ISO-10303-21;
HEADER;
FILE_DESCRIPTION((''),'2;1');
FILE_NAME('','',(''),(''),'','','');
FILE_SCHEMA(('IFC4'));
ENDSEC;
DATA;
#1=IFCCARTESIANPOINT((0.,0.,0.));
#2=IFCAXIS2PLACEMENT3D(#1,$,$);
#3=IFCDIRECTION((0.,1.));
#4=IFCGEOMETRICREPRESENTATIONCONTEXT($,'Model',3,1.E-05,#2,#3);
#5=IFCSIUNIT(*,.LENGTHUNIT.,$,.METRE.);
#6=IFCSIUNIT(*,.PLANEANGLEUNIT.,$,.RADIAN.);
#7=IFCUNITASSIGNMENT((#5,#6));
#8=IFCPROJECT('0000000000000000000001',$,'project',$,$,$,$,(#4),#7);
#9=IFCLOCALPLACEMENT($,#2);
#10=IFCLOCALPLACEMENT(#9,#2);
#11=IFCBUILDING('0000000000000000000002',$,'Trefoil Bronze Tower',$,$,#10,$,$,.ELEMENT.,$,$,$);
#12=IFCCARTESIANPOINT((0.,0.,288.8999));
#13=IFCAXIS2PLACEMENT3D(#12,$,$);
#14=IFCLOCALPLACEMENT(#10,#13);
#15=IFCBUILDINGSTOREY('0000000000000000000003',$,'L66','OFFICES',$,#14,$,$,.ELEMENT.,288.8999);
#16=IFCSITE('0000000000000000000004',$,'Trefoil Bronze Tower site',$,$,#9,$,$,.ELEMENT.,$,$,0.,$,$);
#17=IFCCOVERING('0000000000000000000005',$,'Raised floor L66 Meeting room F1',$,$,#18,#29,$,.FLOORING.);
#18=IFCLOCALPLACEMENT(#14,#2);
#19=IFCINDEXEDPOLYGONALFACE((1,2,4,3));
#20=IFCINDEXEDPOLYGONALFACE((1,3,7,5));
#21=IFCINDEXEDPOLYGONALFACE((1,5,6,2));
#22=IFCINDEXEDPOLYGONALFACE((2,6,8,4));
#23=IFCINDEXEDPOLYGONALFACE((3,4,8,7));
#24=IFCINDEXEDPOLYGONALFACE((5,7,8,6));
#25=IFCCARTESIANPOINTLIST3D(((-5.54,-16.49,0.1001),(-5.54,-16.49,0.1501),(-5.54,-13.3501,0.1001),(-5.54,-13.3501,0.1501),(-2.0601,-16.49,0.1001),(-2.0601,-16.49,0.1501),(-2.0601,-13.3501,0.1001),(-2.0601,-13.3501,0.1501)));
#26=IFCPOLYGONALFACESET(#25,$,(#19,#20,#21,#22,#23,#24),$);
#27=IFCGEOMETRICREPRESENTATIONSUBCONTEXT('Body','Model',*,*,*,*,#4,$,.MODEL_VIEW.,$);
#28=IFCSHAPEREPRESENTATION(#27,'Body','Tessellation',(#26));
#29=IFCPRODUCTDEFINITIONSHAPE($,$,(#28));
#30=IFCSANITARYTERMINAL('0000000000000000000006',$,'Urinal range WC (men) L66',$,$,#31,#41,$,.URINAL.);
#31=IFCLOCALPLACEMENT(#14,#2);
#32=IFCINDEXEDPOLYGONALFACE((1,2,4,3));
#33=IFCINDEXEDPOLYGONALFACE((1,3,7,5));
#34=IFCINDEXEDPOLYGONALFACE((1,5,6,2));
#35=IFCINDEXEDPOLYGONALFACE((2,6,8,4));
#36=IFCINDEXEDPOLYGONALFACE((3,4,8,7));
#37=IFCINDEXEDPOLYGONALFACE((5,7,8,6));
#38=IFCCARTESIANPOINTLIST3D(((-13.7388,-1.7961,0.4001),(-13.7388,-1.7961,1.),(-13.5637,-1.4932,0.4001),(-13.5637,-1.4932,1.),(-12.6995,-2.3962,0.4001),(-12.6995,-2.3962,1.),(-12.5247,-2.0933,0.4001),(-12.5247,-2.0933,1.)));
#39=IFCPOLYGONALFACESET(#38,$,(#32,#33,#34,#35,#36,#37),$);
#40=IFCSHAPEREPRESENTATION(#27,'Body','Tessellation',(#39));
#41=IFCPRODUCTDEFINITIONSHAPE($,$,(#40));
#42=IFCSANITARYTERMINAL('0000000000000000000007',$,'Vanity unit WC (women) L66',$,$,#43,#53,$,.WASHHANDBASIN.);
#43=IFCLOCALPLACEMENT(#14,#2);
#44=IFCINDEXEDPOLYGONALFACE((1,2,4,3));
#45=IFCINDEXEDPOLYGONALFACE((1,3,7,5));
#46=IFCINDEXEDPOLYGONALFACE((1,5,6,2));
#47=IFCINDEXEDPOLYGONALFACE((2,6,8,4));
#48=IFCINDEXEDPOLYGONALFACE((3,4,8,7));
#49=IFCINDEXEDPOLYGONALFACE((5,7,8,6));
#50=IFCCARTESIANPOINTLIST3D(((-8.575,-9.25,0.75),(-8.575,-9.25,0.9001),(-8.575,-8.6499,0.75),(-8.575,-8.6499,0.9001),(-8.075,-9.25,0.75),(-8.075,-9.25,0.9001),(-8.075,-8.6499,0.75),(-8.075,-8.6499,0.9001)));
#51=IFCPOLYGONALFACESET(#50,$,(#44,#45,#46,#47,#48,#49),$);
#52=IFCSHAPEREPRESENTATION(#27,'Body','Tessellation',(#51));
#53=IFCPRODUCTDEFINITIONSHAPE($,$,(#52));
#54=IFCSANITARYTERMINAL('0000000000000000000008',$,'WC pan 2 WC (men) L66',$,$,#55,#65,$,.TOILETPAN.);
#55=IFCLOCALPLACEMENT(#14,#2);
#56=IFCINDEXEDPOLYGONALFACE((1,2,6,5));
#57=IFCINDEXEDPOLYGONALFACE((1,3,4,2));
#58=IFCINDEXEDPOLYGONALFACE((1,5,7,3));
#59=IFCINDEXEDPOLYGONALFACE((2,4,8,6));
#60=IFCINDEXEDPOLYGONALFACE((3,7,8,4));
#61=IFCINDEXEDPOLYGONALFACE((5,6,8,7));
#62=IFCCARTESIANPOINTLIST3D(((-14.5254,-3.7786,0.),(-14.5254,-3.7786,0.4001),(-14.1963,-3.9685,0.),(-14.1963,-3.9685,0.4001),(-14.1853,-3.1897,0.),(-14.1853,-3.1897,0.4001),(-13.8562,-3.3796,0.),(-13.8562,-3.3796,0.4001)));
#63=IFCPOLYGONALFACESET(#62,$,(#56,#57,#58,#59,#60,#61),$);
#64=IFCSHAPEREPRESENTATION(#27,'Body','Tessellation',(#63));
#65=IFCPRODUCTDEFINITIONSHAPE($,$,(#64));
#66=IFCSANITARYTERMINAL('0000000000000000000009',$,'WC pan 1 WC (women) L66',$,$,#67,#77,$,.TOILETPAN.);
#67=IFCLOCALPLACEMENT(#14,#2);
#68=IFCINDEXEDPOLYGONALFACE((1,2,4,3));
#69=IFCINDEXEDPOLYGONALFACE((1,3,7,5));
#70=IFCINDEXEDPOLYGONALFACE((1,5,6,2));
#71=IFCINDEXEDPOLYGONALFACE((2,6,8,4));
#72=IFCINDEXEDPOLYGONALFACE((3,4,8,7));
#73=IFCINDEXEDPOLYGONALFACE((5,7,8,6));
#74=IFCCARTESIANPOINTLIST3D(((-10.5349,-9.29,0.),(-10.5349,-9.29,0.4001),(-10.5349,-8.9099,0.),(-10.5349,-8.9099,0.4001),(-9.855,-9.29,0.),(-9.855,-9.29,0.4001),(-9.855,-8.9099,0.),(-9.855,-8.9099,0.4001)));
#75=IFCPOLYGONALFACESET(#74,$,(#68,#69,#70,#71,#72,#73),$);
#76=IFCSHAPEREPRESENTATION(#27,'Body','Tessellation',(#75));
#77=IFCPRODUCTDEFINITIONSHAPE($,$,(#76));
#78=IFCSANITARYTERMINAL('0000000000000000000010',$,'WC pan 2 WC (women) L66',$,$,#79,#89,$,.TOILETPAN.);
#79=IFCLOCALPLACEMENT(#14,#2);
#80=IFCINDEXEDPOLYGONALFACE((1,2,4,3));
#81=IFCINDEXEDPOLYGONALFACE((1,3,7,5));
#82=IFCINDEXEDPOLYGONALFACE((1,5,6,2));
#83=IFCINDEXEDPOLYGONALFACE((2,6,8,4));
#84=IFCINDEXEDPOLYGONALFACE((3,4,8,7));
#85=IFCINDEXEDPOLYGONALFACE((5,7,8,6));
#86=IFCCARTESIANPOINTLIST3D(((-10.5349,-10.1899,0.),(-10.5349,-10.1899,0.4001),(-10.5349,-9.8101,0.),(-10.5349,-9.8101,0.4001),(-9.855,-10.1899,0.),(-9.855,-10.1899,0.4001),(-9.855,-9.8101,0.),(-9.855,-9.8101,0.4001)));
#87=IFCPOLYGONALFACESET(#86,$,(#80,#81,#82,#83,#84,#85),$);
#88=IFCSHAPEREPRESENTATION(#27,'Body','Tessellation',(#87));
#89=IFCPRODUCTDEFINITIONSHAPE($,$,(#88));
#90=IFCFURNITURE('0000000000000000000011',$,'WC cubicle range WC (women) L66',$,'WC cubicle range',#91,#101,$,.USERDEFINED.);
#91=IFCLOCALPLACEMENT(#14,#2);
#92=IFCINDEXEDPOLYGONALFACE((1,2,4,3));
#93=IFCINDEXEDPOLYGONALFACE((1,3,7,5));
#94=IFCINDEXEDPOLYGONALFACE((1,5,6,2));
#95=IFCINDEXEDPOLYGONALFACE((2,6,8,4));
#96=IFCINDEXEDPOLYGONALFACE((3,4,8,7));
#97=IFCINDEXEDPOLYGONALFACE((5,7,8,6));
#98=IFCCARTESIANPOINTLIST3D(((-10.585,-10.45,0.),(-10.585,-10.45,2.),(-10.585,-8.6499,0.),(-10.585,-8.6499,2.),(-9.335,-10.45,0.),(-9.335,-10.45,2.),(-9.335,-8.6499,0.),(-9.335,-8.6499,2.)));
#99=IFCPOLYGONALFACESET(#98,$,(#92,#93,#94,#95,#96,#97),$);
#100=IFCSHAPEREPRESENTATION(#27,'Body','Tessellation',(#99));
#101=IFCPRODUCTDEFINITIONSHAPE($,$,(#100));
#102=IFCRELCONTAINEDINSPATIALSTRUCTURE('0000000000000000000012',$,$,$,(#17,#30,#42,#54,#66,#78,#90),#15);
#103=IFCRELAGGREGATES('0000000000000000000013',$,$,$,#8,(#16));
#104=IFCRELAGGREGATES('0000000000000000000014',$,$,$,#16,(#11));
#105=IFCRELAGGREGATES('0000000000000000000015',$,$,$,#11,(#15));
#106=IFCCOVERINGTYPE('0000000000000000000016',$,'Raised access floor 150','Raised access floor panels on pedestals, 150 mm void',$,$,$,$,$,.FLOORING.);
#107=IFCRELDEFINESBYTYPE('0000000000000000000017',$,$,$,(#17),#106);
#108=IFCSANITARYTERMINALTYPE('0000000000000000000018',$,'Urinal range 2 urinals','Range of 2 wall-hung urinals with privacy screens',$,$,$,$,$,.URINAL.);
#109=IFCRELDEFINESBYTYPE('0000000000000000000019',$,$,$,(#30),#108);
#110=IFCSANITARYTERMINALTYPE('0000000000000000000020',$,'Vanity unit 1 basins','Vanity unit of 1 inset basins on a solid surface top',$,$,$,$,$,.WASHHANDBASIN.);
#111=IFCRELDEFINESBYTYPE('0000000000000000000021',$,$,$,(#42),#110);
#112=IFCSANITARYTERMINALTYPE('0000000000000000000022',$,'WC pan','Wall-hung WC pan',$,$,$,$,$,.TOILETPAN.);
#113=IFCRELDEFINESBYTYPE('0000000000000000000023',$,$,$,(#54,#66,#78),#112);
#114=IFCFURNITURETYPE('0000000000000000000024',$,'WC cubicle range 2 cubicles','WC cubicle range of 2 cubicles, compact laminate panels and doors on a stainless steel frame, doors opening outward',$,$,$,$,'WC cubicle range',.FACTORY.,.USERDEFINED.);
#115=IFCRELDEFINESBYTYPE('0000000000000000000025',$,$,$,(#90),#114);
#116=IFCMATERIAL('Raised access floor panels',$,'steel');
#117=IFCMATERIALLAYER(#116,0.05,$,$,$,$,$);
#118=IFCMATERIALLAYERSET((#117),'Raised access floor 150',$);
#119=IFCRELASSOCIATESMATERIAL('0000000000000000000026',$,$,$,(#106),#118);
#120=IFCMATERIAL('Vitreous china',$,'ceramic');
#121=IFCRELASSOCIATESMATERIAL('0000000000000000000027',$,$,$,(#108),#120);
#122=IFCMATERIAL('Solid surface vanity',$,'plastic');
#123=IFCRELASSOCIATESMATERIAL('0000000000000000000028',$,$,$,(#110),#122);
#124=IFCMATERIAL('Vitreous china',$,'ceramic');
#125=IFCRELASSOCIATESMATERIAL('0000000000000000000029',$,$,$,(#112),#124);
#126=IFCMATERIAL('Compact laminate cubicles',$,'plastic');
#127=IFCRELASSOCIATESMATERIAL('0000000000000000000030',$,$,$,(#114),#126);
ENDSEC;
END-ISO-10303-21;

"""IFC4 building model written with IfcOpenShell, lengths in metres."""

from ifc_helpers import new_model, si_unit, direction, frame, origin, place, context, subcontext, project, spatial, polyline, outline, extrude, material, layer, layer_set, type_object, element, save


model = new_model("IFC4")

# Units and contexts
model_context = context("Model", 3, precision=1e-05, world=origin(), true_north=direction((0.0, 1.0)))
body_context = subcontext(model_context, "Body", "Model", "MODEL_VIEW")
ifc_project = project(units=[si_unit("LENGTHUNIT", "METRE"), si_unit("PLANEANGLEUNIT", "RADIAN")], contexts=[model_context])

# Site, building, storey
site_placement = place(None, origin())
site = spatial("IfcSite", under=ifc_project, at=site_placement, Name="Trefoil Bronze Tower site", CompositionType="ELEMENT", RefElevation=0.0)
building_placement = place(site_placement, origin())
building = spatial("IfcBuilding", under=site, at=building_placement, Name="Trefoil Bronze Tower", CompositionType="ELEMENT")
storey_placement = place(building_placement, frame((0.0, 0.0, 288.8999)))
storey = spatial("IfcBuildingStorey", under=building, at=storey_placement, Name="L66", Description="OFFICES", CompositionType="ELEMENT", Elevation=288.8999)

# Covering
ifc_material_1 = material(Name="Raised access floor panels", Category="steel")
ifc_layer_1 = layer(ifc_material_1, 0.05)
ifc_layer_set_1 = layer_set([ifc_layer_1], Name="Raised access floor 150")
covering_type_1 = type_object("IfcCoveringType", Name="Raised access floor 150", Description="Raised access floor panels on pedestals, 150 mm void", PredefinedType="FLOORING", material=ifc_layer_set_1)
covering_1_placement = place(storey_placement, frame((0.0, 0.0, 0.1001)))
element("IfcCovering", 1, at=covering_1_placement, inside=storey, type_object=covering_type_1, Name="Raised floor L66 Meeting room F1", PredefinedType="FLOORING", context=body_context, shape_type="SweptSolid", body=[
    extrude(outline(polyline([(-2.0601, -13.3501), (-2.0601, -16.49), (-5.54, -16.49), (-5.54, -13.3501), (-2.0601, -13.3501)])), origin(), (0.0, 0.0, 1.0), 0.05),
])

# Sanitary terminals
ifc_material_2 = material(Name="Vitreous china", Category="ceramic")
sanitary_terminal_type_1 = type_object("IfcSanitaryTerminalType", Name="Urinal range 2 urinals", Description="Range of 2 wall-hung urinals with privacy screens", PredefinedType="URINAL", material=ifc_material_2)
sanitary_terminal_1_placement = place(storey_placement, frame((0.0, 0.0, 0.4001)))
element("IfcSanitaryTerminal", 2, at=sanitary_terminal_1_placement, inside=storey, type_object=sanitary_terminal_type_1, Name="Urinal range WC (men) L66", PredefinedType="URINAL", context=body_context, shape_type="SweptSolid", body=[
    extrude(outline(polyline([(-12.5247, -2.0933), (-12.6995, -2.3962), (-13.7388, -1.7961), (-13.5637, -1.4932), (-12.5247, -2.0933)])), origin(), (0.0, 0.0, 1.0), 0.5999),
])
ifc_material_3 = material(Name="Solid surface vanity", Category="plastic")
sanitary_terminal_type_2 = type_object("IfcSanitaryTerminalType", Name="Vanity unit 1 basins", Description="Vanity unit of 1 inset basins on a solid surface top", PredefinedType="WASHHANDBASIN", material=ifc_material_3)
sanitary_terminal_2_placement = place(storey_placement, frame((0.0, 0.0, 0.75)))
element("IfcSanitaryTerminal", 3, at=sanitary_terminal_2_placement, inside=storey, type_object=sanitary_terminal_type_2, Name="Vanity unit WC (women) L66", PredefinedType="WASHHANDBASIN", context=body_context, shape_type="SweptSolid", body=[
    extrude(outline(polyline([(-8.075, -8.6499), (-8.575, -8.6499), (-8.575, -9.25), (-8.075, -9.25), (-8.075, -8.6499)])), origin(), (0.0, 0.0, 1.0), 0.1501),
])
ifc_material_4 = material(Name="Vitreous china", Category="ceramic")
sanitary_terminal_type_3 = type_object("IfcSanitaryTerminalType", Name="WC pan", Description="Wall-hung WC pan", PredefinedType="TOILETPAN", material=ifc_material_4)
sanitary_terminal_3_placement = place(storey_placement, origin())
element("IfcSanitaryTerminal", 4, at=sanitary_terminal_3_placement, inside=storey, type_object=sanitary_terminal_type_3, Name="WC pan 2 WC (men) L66", PredefinedType="TOILETPAN", context=body_context, shape_type="SweptSolid", body=[
    extrude(outline(polyline([(-13.8562, -3.3796), (-14.1963, -3.9685), (-14.5254, -3.7786), (-14.1853, -3.1897), (-13.8562, -3.3796)])), origin(), (0.0, 0.0, 1.0), 0.4001),
])
sanitary_terminal_4_placement = place(storey_placement, origin())
element("IfcSanitaryTerminal", 5, at=sanitary_terminal_4_placement, inside=storey, type_object=sanitary_terminal_type_3, Name="WC pan 1 WC (women) L66", PredefinedType="TOILETPAN", context=body_context, shape_type="SweptSolid", body=[
    extrude(outline(polyline([(-9.855, -8.9099), (-10.5349, -8.9099), (-10.5349, -9.29), (-9.855, -9.29), (-9.855, -8.9099)])), origin(), (0.0, 0.0, 1.0), 0.4001),
])
sanitary_terminal_5_placement = place(storey_placement, origin())
element("IfcSanitaryTerminal", 6, at=sanitary_terminal_5_placement, inside=storey, type_object=sanitary_terminal_type_3, Name="WC pan 2 WC (women) L66", PredefinedType="TOILETPAN", context=body_context, shape_type="SweptSolid", body=[
    extrude(outline(polyline([(-9.855, -9.8101), (-10.5349, -9.8101), (-10.5349, -10.1899), (-9.855, -10.1899), (-9.855, -9.8101)])), origin(), (0.0, 0.0, 1.0), 0.4001),
])

# Furniture
ifc_material_5 = material(Name="Compact laminate cubicles", Category="plastic")
furniture_type = type_object("IfcFurnitureType", Name="WC cubicle range 2 cubicles", Description="WC cubicle range of 2 cubicles, compact laminate panels and doors on a stainless steel frame, doors opening outward", ElementType="WC cubicle range", AssemblyPlace="FACTORY", PredefinedType="USERDEFINED", material=ifc_material_5)
furniture_placement = place(storey_placement, origin())
element("IfcFurniture", 7, at=furniture_placement, inside=storey, type_object=furniture_type, Name="WC cubicle range WC (women) L66", ObjectType="WC cubicle range", PredefinedType="USERDEFINED", context=body_context, shape_type="SweptSolid", body=[
    extrude(outline(polyline([(-9.335, -8.6499), (-10.585, -8.6499), (-10.585, -10.45), (-9.335, -10.45), (-9.335, -8.6499)])), origin(), (0.0, 0.0, 1.0), 2.0),
])

save(model, "model.ifc")
